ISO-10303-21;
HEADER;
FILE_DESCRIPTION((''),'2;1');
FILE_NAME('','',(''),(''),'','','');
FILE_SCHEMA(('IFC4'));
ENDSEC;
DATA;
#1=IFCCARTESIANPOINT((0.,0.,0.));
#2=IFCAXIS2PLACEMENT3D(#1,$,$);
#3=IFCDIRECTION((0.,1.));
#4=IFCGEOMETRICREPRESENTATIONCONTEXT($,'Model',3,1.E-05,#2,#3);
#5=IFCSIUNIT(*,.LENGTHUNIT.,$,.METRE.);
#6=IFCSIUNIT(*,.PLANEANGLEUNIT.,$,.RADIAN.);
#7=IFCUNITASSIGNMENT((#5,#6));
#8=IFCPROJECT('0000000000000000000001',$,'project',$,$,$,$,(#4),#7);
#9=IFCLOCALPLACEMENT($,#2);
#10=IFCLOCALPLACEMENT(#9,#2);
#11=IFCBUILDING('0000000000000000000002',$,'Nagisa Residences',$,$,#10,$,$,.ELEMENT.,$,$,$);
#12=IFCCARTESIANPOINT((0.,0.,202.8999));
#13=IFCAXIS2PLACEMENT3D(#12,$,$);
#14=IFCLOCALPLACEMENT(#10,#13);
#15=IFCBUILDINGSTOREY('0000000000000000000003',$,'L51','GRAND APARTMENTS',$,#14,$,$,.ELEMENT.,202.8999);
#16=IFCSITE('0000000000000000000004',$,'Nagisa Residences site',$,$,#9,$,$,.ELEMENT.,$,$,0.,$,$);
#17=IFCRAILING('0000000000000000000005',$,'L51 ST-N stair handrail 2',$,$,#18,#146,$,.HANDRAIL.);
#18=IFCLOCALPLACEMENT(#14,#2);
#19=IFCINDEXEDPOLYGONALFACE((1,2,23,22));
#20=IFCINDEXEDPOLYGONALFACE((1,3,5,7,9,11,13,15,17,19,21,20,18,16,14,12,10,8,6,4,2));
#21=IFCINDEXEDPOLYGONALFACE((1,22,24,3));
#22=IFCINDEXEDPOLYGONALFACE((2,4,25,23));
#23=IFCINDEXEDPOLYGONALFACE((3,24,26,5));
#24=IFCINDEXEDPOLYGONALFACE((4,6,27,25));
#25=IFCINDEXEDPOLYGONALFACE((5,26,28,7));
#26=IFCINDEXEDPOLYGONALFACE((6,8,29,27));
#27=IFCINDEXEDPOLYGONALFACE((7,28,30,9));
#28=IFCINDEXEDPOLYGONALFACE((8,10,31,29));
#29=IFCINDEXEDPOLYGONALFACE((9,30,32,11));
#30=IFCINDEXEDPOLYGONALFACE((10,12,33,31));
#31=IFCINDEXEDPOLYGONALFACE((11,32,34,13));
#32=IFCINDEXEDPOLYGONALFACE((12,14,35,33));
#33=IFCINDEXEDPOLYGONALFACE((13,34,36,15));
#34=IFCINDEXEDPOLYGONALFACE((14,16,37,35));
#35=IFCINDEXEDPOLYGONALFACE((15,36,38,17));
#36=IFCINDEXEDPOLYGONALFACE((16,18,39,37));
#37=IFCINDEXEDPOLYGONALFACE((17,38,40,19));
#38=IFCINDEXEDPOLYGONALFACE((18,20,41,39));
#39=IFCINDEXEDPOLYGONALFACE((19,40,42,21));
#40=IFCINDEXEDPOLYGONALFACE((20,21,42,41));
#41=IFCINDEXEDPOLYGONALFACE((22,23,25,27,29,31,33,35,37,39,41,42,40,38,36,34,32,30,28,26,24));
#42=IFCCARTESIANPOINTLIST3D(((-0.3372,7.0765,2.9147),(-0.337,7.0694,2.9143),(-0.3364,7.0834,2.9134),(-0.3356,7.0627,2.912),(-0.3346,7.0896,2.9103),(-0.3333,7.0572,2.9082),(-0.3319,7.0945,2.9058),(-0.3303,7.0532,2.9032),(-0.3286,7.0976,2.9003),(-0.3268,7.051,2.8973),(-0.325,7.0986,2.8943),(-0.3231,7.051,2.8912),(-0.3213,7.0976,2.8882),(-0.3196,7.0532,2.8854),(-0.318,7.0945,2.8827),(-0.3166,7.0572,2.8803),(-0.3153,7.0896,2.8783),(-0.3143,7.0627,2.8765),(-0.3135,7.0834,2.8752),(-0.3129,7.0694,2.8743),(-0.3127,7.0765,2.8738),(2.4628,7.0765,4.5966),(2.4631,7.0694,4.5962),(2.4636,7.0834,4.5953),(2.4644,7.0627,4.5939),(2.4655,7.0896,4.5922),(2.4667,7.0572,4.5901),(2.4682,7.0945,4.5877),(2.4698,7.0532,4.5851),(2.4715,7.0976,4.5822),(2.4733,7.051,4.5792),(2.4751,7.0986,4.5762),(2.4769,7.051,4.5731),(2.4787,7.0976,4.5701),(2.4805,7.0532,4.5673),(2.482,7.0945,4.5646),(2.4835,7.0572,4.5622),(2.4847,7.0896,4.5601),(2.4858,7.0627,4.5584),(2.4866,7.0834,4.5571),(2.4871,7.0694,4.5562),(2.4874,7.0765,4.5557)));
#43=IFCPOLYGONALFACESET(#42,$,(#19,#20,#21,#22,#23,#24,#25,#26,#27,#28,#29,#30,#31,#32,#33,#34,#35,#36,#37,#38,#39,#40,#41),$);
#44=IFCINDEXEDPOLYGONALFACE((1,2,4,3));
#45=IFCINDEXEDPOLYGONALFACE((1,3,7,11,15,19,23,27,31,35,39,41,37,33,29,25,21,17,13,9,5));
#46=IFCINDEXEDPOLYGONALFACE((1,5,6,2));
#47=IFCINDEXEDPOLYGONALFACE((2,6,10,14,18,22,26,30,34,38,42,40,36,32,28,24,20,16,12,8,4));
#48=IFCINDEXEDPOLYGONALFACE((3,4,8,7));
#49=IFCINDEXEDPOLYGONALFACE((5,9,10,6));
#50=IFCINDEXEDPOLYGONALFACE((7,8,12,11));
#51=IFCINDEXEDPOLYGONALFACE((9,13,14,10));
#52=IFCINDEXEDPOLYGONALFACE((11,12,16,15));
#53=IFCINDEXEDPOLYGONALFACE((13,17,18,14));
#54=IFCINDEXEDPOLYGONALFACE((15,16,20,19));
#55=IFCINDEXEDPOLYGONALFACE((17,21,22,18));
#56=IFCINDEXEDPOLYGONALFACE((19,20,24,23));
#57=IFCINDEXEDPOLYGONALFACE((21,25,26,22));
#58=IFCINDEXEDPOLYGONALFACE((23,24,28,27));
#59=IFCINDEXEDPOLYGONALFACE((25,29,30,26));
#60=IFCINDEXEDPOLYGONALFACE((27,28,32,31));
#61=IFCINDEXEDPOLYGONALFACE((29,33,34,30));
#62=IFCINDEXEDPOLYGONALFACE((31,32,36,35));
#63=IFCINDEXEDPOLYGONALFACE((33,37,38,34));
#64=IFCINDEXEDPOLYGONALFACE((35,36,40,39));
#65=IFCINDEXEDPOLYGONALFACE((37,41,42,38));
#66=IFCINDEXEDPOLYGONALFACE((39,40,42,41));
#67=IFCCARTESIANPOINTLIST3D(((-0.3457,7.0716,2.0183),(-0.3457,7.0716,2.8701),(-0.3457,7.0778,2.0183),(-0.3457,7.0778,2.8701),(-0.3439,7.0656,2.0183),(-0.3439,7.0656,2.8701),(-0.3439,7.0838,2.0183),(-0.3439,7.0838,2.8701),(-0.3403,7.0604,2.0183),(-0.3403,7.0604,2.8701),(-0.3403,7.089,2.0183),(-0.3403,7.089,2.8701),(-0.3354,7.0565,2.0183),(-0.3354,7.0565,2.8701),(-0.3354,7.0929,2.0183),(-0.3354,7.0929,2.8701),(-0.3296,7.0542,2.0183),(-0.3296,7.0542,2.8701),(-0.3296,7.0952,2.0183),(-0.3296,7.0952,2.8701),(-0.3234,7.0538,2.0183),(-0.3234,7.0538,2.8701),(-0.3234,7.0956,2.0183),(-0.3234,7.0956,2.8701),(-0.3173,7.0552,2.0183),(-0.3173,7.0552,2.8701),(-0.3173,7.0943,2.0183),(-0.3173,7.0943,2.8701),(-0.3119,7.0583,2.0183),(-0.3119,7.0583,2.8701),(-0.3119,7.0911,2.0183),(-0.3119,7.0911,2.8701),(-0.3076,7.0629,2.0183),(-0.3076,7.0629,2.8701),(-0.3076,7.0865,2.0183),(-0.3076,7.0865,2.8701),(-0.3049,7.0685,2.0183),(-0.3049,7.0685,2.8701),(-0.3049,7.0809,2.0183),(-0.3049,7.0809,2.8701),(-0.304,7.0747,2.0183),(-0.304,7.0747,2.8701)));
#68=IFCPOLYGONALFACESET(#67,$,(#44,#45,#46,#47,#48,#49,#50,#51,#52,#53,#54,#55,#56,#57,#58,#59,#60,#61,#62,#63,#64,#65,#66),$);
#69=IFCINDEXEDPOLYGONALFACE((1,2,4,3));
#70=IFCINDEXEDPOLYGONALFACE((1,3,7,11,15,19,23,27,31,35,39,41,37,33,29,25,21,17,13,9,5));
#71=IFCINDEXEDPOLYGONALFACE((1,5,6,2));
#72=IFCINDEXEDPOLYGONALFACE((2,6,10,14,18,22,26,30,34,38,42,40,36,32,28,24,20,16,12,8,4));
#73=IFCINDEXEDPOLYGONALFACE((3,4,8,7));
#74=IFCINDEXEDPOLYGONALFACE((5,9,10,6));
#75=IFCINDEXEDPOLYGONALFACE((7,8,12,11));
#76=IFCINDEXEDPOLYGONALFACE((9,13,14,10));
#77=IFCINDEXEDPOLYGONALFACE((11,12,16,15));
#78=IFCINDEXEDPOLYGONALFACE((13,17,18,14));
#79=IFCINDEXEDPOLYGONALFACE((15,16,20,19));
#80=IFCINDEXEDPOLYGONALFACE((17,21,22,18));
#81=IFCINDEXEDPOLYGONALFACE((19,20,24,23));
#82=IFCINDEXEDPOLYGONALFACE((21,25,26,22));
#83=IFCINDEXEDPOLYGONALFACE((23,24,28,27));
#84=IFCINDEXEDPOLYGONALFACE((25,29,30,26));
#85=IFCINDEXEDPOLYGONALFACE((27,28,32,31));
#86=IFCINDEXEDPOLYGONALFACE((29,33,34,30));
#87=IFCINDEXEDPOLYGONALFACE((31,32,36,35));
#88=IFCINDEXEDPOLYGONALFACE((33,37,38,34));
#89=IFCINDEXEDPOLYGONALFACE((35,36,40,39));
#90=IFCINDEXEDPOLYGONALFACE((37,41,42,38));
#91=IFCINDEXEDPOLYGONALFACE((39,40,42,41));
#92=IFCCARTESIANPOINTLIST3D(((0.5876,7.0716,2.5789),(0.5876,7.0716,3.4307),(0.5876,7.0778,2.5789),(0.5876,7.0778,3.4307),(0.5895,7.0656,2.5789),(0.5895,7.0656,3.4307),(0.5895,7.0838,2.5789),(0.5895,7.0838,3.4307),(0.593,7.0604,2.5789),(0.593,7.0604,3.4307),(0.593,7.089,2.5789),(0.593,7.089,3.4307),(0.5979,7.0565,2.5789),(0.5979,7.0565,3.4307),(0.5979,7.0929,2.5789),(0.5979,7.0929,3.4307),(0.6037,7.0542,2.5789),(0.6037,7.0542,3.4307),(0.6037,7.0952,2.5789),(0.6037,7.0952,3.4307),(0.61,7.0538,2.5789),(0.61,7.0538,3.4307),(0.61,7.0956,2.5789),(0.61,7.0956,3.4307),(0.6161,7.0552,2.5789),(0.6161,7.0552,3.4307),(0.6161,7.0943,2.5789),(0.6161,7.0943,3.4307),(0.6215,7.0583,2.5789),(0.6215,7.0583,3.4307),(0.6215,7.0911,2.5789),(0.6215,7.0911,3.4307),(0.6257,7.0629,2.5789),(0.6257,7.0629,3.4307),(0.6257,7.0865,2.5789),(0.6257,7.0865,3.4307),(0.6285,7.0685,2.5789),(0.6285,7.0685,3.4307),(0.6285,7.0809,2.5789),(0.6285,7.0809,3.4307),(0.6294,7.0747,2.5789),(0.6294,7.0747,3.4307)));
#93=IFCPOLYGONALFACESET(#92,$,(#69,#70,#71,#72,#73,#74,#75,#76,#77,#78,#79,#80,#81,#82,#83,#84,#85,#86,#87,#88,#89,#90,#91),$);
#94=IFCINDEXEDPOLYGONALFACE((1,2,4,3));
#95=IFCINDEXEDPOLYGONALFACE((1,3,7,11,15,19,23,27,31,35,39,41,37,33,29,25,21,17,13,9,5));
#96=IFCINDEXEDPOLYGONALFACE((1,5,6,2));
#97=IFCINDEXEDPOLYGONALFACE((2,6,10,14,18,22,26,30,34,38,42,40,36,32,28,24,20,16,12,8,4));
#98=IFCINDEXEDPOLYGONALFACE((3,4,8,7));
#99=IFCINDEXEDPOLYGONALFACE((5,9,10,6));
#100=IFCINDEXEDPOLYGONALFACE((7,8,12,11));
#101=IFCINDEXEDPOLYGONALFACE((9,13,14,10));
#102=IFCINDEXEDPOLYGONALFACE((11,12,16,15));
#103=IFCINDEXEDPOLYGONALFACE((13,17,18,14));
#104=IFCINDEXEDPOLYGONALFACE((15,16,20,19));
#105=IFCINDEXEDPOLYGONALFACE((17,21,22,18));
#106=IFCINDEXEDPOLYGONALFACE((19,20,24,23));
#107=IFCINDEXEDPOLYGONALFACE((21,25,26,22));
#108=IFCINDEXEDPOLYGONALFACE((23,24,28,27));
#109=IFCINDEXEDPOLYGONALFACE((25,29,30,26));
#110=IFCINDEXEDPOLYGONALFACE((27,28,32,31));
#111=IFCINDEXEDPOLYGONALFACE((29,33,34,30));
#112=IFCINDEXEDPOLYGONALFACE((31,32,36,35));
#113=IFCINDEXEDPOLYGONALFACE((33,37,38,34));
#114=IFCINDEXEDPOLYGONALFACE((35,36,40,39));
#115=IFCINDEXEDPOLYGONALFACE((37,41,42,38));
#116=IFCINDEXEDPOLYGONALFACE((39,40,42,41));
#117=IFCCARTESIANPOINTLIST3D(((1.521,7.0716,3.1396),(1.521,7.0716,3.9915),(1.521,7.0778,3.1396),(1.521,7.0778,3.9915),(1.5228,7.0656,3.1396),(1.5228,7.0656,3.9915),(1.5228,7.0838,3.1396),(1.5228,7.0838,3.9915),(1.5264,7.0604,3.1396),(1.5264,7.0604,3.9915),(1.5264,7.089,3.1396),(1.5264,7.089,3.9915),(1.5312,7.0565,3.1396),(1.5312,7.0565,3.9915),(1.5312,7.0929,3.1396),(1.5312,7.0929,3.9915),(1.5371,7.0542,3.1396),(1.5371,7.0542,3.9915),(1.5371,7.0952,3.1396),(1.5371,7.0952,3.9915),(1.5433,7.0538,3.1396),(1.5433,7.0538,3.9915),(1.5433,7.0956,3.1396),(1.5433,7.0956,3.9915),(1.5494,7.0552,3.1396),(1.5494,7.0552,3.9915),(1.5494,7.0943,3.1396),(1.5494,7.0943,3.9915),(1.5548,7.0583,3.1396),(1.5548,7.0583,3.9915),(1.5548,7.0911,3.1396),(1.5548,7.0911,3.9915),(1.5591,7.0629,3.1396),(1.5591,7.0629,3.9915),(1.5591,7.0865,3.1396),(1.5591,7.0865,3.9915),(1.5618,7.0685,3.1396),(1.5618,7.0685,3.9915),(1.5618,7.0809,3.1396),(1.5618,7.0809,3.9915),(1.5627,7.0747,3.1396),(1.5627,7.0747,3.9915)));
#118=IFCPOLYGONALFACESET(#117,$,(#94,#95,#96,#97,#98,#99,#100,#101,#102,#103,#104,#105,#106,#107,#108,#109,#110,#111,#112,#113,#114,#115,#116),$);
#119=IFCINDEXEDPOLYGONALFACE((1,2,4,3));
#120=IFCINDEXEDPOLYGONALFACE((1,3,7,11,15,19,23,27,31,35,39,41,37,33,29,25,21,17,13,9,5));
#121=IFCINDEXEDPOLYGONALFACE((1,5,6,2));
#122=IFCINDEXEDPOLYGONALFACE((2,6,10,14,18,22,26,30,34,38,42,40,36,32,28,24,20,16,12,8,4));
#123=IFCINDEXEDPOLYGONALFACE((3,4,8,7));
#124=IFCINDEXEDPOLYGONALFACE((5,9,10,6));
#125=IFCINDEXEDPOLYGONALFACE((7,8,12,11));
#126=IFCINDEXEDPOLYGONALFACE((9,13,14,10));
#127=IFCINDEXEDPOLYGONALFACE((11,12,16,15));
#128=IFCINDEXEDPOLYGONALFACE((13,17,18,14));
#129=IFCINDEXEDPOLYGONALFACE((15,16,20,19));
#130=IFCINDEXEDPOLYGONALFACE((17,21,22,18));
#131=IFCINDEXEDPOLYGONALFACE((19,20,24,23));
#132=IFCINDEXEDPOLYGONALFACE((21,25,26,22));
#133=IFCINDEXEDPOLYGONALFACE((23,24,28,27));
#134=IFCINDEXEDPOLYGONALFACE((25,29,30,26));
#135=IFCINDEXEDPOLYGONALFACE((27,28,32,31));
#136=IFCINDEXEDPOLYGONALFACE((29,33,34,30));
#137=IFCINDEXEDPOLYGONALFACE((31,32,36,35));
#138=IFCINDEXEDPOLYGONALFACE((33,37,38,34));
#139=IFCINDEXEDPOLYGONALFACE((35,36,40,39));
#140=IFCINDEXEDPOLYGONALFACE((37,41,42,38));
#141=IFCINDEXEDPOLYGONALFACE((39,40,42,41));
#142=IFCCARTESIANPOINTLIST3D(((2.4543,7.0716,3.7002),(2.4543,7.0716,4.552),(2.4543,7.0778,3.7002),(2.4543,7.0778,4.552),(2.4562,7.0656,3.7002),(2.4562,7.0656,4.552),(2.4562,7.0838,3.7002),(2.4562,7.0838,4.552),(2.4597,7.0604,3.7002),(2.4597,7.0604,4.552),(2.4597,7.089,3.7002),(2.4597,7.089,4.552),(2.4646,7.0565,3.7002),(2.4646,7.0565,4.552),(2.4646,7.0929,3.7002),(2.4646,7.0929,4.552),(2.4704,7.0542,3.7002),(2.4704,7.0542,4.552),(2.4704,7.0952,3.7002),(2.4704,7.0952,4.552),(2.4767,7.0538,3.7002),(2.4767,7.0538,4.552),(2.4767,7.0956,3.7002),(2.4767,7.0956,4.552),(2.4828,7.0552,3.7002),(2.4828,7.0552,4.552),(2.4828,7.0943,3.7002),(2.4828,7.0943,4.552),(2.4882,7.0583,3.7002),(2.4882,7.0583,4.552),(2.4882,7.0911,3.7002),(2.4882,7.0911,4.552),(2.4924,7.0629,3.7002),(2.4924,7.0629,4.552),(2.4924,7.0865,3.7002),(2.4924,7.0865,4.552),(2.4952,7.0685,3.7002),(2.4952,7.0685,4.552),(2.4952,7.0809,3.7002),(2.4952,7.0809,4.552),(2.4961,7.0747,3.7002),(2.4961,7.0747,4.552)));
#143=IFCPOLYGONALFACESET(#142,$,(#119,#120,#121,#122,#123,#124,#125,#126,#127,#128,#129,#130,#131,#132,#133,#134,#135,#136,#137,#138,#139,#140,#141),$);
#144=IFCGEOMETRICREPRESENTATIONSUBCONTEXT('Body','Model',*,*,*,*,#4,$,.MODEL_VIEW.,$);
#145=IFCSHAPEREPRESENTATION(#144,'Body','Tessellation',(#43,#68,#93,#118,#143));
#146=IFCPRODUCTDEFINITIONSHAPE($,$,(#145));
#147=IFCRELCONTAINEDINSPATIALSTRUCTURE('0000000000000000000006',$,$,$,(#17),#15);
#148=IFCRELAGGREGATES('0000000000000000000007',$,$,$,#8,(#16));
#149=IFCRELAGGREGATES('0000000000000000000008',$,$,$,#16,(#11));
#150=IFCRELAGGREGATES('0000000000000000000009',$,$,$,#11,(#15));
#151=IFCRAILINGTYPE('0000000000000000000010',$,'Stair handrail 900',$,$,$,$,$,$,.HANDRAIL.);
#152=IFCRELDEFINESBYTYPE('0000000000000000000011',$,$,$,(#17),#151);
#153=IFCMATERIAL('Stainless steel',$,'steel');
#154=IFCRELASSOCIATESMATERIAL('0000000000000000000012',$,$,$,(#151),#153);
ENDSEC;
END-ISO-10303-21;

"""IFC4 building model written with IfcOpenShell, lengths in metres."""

from ifc_helpers import new_model, si_unit, direction, frame, origin, origin_2d, place, context, subcontext, project, spatial, circle, extrude, material, type_object, element, save


model = new_model("IFC4")

# Units and contexts
model_context = context("Model", 3, precision=1e-05, world=origin(), true_north=direction((0.0, 1.0)))
body_context = subcontext(model_context, "Body", "Model", "MODEL_VIEW")
ifc_project = project(units=[si_unit("LENGTHUNIT", "METRE"), si_unit("PLANEANGLEUNIT", "RADIAN")], contexts=[model_context])

# Site, building, storey
site_placement = place(None, origin())
site = spatial("IfcSite", under=ifc_project, at=site_placement, Name="Nagisa Residences site", CompositionType="ELEMENT", RefElevation=0.0)
building_placement = place(site_placement, origin())
building = spatial("IfcBuilding", under=site, at=building_placement, Name="Nagisa Residences", CompositionType="ELEMENT")
storey_placement = place(building_placement, frame((0.0, 0.0, 202.8999)))
storey = spatial("IfcBuildingStorey", under=building, at=storey_placement, Name="L51", Description="GRAND APARTMENTS", CompositionType="ELEMENT", Elevation=202.8999)

# Railing
ifc_material_1 = material(Name="Stainless steel", Category="steel")
railing_type = type_object("IfcRailingType", Name="Stair handrail 900", PredefinedType="HANDRAIL", material=ifc_material_1)
railing_placement = place(storey_placement, frame((-0.325, 7.0747, 2.0183)))
element("IfcRailing", 1, at=railing_placement, inside=storey, type_object=railing_type, Name="L51 ST-N stair handrail 2", PredefinedType="HANDRAIL", context=body_context, shape_type="SweptSolid", body=[
    extrude(circle(Radius=0.0239, at=origin_2d()), frame((0.0, 0.0, 0.876), z_axis=(0.857242, 0.0, 0.514913), x_axis=(0.0, 1.0, 0.0)), (0.0, 0.0, 1.0), 3.2664),
    extrude(circle(Radius=0.021, at=origin_2d()), origin(), (0.0, 0.0, 1.0), 0.8518),
    extrude(circle(Radius=0.021, at=origin_2d()), frame((0.9333, 0.0, 0.5605)), (0.0, 0.0, 1.0), 0.8518),
    extrude(circle(Radius=0.021, at=origin_2d()), frame((1.8667, 0.0, 1.1213)), (0.0, 0.0, 1.0), 0.8518),
    extrude(circle(Radius=0.021, at=origin_2d()), frame((2.8, 0.0, 1.6819)), (0.0, 0.0, 1.0), 0.8518),
])

save(model, "model.ifc")
